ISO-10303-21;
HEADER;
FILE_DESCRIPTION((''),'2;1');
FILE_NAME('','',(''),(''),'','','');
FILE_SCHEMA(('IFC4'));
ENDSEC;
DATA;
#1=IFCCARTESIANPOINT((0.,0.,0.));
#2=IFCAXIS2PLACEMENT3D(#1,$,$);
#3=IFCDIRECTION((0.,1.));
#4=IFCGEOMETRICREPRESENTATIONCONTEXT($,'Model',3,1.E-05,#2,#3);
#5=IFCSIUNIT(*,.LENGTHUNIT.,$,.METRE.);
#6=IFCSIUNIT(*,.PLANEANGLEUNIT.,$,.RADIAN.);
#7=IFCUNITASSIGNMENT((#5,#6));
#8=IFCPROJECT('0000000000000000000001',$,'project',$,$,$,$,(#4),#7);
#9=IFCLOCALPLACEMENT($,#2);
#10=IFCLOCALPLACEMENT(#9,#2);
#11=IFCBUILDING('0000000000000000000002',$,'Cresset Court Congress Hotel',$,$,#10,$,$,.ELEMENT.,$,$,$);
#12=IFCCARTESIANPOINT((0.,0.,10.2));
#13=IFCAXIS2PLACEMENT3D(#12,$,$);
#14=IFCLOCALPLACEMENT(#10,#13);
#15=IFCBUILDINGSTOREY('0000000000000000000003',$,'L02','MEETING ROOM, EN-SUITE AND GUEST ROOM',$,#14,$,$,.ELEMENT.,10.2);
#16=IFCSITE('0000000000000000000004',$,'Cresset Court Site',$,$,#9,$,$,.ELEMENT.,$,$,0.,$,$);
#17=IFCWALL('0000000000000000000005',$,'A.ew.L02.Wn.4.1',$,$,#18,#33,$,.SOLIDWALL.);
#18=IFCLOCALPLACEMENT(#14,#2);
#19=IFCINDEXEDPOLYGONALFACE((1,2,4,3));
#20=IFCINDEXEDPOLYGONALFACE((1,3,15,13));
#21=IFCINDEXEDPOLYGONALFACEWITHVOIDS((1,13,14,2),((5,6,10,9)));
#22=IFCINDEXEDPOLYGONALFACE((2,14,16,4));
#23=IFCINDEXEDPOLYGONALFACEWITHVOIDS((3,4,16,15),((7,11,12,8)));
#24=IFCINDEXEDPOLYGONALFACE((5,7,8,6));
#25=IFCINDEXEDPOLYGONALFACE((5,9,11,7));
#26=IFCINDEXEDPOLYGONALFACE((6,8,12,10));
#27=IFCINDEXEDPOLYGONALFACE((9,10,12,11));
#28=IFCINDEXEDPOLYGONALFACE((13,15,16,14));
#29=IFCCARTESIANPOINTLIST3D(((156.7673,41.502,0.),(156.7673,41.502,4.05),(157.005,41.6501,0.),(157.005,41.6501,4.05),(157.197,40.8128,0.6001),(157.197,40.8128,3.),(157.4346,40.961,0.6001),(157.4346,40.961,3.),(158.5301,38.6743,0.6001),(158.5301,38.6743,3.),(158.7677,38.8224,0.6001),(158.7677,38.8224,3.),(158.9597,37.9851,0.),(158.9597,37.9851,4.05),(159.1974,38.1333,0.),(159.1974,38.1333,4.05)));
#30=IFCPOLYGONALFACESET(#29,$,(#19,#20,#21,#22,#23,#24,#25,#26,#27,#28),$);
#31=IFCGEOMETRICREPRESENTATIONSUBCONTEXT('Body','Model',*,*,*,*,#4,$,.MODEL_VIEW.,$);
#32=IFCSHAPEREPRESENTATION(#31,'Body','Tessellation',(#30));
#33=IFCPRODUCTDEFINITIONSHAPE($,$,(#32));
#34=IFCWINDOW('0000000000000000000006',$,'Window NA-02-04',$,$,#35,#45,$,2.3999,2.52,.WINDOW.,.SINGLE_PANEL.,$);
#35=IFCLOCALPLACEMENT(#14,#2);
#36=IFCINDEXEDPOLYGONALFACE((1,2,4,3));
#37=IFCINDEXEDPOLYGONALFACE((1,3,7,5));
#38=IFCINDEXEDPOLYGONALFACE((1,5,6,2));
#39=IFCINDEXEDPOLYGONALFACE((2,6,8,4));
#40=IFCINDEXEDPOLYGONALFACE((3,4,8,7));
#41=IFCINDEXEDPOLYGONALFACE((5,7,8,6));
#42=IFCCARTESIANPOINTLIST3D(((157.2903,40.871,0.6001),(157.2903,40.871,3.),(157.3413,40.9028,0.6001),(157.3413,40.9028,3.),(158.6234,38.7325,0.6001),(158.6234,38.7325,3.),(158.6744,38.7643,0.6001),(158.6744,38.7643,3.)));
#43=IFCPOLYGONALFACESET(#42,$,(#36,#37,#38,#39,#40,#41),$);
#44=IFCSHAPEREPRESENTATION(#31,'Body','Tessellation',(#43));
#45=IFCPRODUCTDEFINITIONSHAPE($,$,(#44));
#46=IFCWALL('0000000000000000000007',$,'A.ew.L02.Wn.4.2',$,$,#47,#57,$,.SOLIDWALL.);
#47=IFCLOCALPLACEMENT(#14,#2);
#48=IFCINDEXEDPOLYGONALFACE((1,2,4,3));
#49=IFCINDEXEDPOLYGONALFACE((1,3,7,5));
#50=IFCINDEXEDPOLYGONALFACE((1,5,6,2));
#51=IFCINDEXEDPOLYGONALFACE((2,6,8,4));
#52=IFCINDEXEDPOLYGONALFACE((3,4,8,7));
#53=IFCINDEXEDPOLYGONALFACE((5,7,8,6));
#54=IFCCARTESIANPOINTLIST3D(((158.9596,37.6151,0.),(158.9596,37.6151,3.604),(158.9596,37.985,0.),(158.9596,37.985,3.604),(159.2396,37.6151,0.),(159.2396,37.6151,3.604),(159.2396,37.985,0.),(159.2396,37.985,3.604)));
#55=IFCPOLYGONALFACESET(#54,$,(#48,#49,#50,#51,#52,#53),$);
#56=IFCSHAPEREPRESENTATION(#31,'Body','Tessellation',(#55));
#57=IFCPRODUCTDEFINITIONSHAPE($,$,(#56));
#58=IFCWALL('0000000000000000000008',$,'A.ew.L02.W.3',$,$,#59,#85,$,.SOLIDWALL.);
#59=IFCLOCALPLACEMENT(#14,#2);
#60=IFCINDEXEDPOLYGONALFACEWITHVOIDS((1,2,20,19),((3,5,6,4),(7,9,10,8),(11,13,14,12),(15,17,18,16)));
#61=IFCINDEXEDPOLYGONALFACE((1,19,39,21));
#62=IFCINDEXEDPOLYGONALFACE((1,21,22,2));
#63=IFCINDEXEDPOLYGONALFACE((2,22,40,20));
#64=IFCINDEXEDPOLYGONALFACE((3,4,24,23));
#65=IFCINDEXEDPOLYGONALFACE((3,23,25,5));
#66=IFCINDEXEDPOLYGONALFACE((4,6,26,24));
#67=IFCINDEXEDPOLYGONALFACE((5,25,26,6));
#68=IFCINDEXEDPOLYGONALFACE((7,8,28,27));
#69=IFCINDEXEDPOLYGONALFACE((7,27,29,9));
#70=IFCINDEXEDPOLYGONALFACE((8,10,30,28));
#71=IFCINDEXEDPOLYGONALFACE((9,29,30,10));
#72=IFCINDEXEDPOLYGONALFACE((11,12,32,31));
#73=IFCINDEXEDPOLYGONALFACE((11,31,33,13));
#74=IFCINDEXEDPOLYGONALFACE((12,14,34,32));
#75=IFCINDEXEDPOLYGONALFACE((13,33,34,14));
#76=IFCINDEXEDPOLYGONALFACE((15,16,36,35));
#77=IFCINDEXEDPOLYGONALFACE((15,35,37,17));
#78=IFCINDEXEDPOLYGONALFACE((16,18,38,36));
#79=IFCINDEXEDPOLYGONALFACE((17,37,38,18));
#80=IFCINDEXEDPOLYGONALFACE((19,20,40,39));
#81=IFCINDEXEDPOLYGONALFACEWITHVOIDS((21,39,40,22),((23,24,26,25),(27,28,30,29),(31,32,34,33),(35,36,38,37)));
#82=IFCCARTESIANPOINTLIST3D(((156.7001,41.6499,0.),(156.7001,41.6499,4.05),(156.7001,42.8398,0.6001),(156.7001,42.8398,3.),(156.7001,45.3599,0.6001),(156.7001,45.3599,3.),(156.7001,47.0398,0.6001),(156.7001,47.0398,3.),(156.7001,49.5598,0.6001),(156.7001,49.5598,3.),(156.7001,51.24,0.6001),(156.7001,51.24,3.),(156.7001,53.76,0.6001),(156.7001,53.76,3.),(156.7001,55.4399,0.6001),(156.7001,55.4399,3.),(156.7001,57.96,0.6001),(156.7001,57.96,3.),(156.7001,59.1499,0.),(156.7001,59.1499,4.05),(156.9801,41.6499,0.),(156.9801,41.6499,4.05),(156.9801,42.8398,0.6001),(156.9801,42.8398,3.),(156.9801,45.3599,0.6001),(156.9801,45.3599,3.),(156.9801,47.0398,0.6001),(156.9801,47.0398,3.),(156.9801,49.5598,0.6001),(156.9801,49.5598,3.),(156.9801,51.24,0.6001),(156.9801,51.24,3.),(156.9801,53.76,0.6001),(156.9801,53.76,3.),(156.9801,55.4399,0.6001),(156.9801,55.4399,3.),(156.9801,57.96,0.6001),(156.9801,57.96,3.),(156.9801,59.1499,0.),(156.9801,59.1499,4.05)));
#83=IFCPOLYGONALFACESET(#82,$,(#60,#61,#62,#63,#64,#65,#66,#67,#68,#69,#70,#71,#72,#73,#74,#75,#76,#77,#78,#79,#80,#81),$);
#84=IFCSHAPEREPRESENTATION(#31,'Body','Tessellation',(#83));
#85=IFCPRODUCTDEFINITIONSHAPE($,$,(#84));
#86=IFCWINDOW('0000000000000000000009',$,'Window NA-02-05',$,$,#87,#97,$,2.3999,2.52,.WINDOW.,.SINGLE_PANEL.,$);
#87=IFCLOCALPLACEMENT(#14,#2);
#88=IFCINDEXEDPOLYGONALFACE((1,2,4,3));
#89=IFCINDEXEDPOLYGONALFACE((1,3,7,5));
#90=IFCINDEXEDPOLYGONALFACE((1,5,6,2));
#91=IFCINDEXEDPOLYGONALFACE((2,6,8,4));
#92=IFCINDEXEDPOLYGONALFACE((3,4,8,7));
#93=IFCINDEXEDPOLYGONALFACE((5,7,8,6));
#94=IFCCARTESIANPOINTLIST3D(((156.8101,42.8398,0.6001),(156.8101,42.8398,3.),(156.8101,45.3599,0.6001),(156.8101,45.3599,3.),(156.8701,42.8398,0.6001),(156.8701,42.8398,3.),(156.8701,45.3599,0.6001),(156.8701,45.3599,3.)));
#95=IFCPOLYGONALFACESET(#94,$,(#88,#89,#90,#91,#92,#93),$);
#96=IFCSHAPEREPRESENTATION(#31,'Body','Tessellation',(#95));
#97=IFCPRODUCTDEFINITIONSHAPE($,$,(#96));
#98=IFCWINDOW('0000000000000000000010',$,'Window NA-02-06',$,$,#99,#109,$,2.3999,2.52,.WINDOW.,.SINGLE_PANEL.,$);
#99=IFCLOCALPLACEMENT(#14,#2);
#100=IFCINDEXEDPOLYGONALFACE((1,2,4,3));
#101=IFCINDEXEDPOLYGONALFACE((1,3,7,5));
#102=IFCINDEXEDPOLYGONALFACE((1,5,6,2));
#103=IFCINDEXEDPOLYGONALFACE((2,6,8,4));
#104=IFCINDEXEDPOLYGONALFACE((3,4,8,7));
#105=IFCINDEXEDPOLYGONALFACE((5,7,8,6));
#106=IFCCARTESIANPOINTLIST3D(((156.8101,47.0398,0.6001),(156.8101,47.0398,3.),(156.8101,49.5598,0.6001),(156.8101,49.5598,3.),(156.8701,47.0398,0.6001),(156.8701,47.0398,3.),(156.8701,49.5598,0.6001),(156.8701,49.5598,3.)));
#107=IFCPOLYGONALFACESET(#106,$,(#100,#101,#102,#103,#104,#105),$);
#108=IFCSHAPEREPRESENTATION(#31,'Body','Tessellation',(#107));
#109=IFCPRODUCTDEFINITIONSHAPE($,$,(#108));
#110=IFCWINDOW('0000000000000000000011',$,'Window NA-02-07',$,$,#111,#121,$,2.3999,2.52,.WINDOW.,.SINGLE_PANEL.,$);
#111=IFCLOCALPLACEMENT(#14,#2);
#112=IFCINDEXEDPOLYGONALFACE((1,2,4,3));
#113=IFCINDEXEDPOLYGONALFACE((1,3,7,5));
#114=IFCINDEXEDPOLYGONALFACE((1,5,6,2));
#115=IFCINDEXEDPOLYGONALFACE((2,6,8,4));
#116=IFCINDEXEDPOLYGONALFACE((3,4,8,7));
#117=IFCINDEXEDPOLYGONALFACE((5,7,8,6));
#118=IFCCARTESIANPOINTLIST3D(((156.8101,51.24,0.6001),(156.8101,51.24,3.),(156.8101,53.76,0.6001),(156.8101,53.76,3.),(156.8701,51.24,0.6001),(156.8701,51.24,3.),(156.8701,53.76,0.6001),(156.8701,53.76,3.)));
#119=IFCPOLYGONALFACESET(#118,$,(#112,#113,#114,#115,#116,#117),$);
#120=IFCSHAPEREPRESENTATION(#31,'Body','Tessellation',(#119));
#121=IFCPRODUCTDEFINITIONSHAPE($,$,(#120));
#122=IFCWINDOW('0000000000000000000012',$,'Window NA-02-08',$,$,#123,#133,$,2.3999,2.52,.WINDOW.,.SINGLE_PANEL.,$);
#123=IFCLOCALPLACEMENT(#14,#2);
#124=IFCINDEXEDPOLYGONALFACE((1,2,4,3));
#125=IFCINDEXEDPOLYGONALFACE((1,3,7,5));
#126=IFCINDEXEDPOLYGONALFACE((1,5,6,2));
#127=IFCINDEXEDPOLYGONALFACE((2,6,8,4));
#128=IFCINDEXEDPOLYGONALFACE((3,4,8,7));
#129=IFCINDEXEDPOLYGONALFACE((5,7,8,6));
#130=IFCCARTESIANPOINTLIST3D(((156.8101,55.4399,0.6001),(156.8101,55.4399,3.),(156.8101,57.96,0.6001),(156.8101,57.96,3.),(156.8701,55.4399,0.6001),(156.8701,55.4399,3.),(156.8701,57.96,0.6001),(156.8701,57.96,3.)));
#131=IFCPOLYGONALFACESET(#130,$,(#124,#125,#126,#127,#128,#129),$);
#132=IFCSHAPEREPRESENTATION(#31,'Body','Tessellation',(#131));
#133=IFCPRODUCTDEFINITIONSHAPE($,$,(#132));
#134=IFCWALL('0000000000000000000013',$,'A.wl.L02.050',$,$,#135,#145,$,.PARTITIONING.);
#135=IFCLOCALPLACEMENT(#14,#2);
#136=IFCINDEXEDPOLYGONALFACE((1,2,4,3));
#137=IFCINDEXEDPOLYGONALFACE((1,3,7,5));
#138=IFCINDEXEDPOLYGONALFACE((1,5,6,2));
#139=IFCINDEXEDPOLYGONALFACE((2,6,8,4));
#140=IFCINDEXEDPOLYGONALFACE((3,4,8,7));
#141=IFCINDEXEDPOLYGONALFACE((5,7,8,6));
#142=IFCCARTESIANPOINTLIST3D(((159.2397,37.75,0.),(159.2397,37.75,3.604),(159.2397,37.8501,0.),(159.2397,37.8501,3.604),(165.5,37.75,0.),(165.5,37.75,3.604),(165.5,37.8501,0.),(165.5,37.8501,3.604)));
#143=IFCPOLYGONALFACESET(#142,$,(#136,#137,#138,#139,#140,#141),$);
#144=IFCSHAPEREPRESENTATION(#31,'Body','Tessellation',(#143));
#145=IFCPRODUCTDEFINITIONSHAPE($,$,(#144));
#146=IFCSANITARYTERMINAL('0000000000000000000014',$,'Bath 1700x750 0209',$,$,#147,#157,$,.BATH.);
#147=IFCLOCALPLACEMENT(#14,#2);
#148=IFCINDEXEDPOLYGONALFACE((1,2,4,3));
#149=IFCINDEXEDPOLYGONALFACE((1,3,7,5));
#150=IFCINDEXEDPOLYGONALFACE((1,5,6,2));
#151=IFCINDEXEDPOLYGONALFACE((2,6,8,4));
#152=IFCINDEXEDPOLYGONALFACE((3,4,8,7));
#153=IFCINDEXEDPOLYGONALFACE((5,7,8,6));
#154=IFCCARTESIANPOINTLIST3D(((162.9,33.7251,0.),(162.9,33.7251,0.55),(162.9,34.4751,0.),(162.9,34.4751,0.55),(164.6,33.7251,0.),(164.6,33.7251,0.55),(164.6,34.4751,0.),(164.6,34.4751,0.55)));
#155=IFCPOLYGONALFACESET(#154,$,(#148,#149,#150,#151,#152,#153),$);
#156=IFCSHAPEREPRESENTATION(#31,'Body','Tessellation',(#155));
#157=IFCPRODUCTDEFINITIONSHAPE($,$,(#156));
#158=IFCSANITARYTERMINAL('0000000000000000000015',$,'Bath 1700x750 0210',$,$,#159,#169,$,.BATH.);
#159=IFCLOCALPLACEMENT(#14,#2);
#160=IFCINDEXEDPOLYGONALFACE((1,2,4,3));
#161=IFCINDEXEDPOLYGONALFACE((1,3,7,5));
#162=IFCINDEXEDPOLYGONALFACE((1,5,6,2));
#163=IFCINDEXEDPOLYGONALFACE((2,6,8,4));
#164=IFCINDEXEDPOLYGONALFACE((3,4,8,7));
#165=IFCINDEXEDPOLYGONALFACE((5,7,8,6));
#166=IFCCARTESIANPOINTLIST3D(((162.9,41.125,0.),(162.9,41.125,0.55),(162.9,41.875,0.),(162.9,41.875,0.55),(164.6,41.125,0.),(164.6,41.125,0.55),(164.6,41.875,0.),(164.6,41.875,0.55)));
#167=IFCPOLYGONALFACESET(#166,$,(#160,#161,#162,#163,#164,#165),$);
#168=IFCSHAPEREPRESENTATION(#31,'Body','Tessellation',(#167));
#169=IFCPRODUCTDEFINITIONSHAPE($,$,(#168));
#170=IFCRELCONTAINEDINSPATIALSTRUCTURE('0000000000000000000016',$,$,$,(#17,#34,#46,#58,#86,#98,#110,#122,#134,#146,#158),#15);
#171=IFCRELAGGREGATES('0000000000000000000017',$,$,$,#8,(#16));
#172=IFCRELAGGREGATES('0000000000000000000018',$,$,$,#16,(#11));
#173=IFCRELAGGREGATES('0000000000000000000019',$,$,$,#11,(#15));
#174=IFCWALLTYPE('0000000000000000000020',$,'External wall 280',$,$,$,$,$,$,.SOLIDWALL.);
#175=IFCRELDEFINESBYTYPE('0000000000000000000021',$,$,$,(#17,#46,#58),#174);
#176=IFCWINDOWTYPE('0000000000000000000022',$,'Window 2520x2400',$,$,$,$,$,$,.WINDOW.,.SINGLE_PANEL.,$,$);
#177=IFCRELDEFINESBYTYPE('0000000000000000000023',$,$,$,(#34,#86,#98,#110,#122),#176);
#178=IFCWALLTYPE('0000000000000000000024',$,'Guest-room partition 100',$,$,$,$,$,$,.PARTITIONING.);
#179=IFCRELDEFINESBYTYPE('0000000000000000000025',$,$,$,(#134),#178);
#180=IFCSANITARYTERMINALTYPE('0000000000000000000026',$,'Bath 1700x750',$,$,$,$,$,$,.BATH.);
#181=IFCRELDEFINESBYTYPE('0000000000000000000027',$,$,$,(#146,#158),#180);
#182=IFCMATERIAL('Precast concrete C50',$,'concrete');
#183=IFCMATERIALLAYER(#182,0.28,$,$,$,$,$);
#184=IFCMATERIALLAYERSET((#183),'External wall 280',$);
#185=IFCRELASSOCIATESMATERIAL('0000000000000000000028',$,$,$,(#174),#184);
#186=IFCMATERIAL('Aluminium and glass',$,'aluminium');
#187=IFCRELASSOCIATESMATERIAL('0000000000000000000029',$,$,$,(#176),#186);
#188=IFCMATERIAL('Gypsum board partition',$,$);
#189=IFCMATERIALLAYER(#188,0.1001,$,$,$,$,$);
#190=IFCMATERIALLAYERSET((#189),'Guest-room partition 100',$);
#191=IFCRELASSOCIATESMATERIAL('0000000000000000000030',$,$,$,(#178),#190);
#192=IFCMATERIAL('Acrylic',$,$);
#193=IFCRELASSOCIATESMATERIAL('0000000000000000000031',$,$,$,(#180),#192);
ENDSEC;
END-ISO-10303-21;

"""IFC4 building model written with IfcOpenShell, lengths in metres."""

from ifc_helpers import new_model, si_unit, direction, frame, frame_2d, origin, origin_2d, place, context, subcontext, project, spatial, rectangle, extrude, material, layer, layer_set, type_object, element, fill, save


model = new_model("IFC4")

# Units and contexts
model_context = context("Model", 3, precision=1e-05, world=origin(), true_north=direction((0.0, 1.0)))
body_context = subcontext(model_context, "Body", "Model", "MODEL_VIEW")
ifc_project = project(units=[si_unit("LENGTHUNIT", "METRE"), si_unit("PLANEANGLEUNIT", "RADIAN")], contexts=[model_context])

# Site, building, storey
site_placement = place(None, origin())
site = spatial("IfcSite", under=ifc_project, at=site_placement, Name="Cresset Court Site", CompositionType="ELEMENT", RefElevation=0.0)
building_placement = place(site_placement, origin())
building = spatial("IfcBuilding", under=site, at=building_placement, Name="Cresset Court Congress Hotel", CompositionType="ELEMENT")
storey_placement = place(building_placement, frame((0.0, 0.0, 10.2)))
storey = spatial("IfcBuildingStorey", under=building, at=storey_placement, Name="L02", Description="MEETING ROOM, EN-SUITE AND GUEST ROOM", CompositionType="ELEMENT", Elevation=10.2)

# Wall, opening, window
ifc_material_1 = material(Name="Precast concrete C50", Category="concrete")
ifc_layer_1 = layer(ifc_material_1, 0.28)
ifc_layer_set_1 = layer_set([ifc_layer_1], Name="External wall 280")
wall_type_1 = type_object("IfcWallType", Name="External wall 280", PredefinedType="SOLIDWALL", material=ifc_layer_set_1)
wall_1_placement = place(storey_placement, frame((159.0786, 38.0591, 0.0), z_axis=(0.0, 0.0, 1.0), x_axis=(-0.529019, 0.84861, 0.0)))
wall_1 = element("IfcWall", 1, at=wall_1_placement, inside=storey, type_object=wall_type_1, Name="A.ew.L02.Wn.4.1", PredefinedType="SOLIDWALL", context=body_context, shape_type="SweptSolid", body=[
    extrude(rectangle(XDim=4.1443, YDim=0.28, at=frame_2d((2.0723, 0.0))), origin(), (0.0, 0.0, 1.0), 4.05),
])
opening_1_placement = place(wall_1_placement, frame((0.8123, 0.0, 0.6001)))
opening_1 = element("IfcOpeningElement", 2, at=opening_1_placement, cuts=wall_1, PredefinedType="OPENING", context=body_context, shape_type="SweptSolid", body=[
    extrude(rectangle(XDim=2.52, YDim=2.3999, at=frame_2d((1.26, 1.2))), frame((0.0, 0.1499, 0.0), z_axis=(0.0, -1.0, 0.0), x_axis=(1.0, 0.0, 0.0)), (0.0, 0.0, 1.0), 0.3),
])
ifc_material_2 = material(Name="Aluminium and glass", Category="aluminium")
window_type_1 = type_object("IfcWindowType", Name="Window 2520x2400", PartitioningType="SINGLE_PANEL", PredefinedType="WINDOW", material=ifc_material_2)
window_1_placement = place(opening_1_placement, origin())
window_1 = element("IfcWindow", 3, at=window_1_placement, inside=storey, type_object=window_type_1, Name="Window NA-02-04", OverallHeight=2.3999, OverallWidth=2.52, PartitioningType="SINGLE_PANEL", PredefinedType="WINDOW", context=body_context, shape_type="SweptSolid", body=[
    extrude(rectangle(XDim=2.52, YDim=2.3999, at=frame_2d((1.26, 1.2))), frame((0.0, 0.03, 0.0), z_axis=(0.0, -1.0, 0.0), x_axis=(1.0, 0.0, 0.0)), (0.0, 0.0, 1.0), 0.0601),
])
fill(opening_1, window_1)

# Wall
wall_2_placement = place(storey_placement, frame((159.0996, 37.615, 0.0), z_axis=(0.0, 0.0, 1.0), x_axis=(0.0, 1.0, 0.0)))
element("IfcWall", 4, at=wall_2_placement, inside=storey, type_object=wall_type_1, Name="A.ew.L02.Wn.4.2", PredefinedType="SOLIDWALL", context=body_context, shape_type="SweptSolid", body=[
    extrude(rectangle(XDim=0.3699, YDim=0.28, at=frame_2d((0.1851, 0.0))), origin(), (0.0, 0.0, 1.0), 3.604),
])

# Wall, openings, windows
wall_3_placement = place(storey_placement, frame((156.8401, 41.6499, 0.0), z_axis=(0.0, 0.0, 1.0), x_axis=(0.0, 1.0, 0.0)))
wall_3 = element("IfcWall", 5, at=wall_3_placement, inside=storey, type_object=wall_type_1, Name="A.ew.L02.W.3", PredefinedType="SOLIDWALL", context=body_context, shape_type="SweptSolid", body=[
    extrude(rectangle(XDim=17.5, YDim=0.28, at=frame_2d((8.75, 0.0))), origin(), (0.0, 0.0, 1.0), 4.05),
])
opening_2_placement = place(wall_3_placement, frame((1.1899, 0.0, 0.6001)))
opening_2 = element("IfcOpeningElement", 6, at=opening_2_placement, cuts=wall_3, PredefinedType="OPENING", context=body_context, shape_type="SweptSolid", body=[
    extrude(rectangle(XDim=2.52, YDim=2.3999, at=frame_2d((1.26, 1.2))), frame((0.0, 0.1499, 0.0), z_axis=(0.0, -1.0, 0.0), x_axis=(1.0, 0.0, 0.0)), (0.0, 0.0, 1.0), 0.3),
])
opening_3_placement = place(wall_3_placement, frame((5.3899, 0.0, 0.6001)))
opening_3 = element("IfcOpeningElement", 7, at=opening_3_placement, cuts=wall_3, PredefinedType="OPENING", context=body_context, shape_type="SweptSolid", body=[
    extrude(rectangle(XDim=2.52, YDim=2.3999, at=frame_2d((1.26, 1.2))), frame((0.0, 0.1499, 0.0), z_axis=(0.0, -1.0, 0.0), x_axis=(1.0, 0.0, 0.0)), (0.0, 0.0, 1.0), 0.3),
])
opening_4_placement = place(wall_3_placement, frame((9.5901, 0.0, 0.6001)))
opening_4 = element("IfcOpeningElement", 8, at=opening_4_placement, cuts=wall_3, PredefinedType="OPENING", context=body_context, shape_type="SweptSolid", body=[
    extrude(rectangle(XDim=2.52, YDim=2.3999, at=frame_2d((1.26, 1.2))), frame((0.0, 0.1499, 0.0), z_axis=(0.0, -1.0, 0.0), x_axis=(1.0, 0.0, 0.0)), (0.0, 0.0, 1.0), 0.3),
])
opening_5_placement = place(wall_3_placement, frame((13.79, 0.0, 0.6001)))
opening_5 = element("IfcOpeningElement", 9, at=opening_5_placement, cuts=wall_3, PredefinedType="OPENING", context=body_context, shape_type="SweptSolid", body=[
    extrude(rectangle(XDim=2.52, YDim=2.3999, at=frame_2d((1.26, 1.2))), frame((0.0, 0.1499, 0.0), z_axis=(0.0, -1.0, 0.0), x_axis=(1.0, 0.0, 0.0)), (0.0, 0.0, 1.0), 0.3),
])
window_2_placement = place(opening_2_placement, origin())
window_2 = element("IfcWindow", 10, at=window_2_placement, inside=storey, type_object=window_type_1, Name="Window NA-02-05", OverallHeight=2.3999, OverallWidth=2.52, PartitioningType="SINGLE_PANEL", PredefinedType="WINDOW", context=body_context, shape_type="SweptSolid", body=[
    extrude(rectangle(XDim=2.52, YDim=2.3999, at=frame_2d((1.26, 1.2))), frame((0.0, 0.03, 0.0), z_axis=(0.0, -1.0, 0.0), x_axis=(1.0, 0.0, 0.0)), (0.0, 0.0, 1.0), 0.0601),
])
fill(opening_2, window_2)
window_3_placement = place(opening_3_placement, origin())
window_3 = element("IfcWindow", 11, at=window_3_placement, inside=storey, type_object=window_type_1, Name="Window NA-02-06", OverallHeight=2.3999, OverallWidth=2.52, PartitioningType="SINGLE_PANEL", PredefinedType="WINDOW", context=body_context, shape_type="SweptSolid", body=[
    extrude(rectangle(XDim=2.52, YDim=2.3999, at=frame_2d((1.26, 1.2))), frame((0.0, 0.03, 0.0), z_axis=(0.0, -1.0, 0.0), x_axis=(1.0, 0.0, 0.0)), (0.0, 0.0, 1.0), 0.0601),
])
fill(opening_3, window_3)
window_4_placement = place(opening_4_placement, origin())
window_4 = element("IfcWindow", 12, at=window_4_placement, inside=storey, type_object=window_type_1, Name="Window NA-02-07", OverallHeight=2.3999, OverallWidth=2.52, PartitioningType="SINGLE_PANEL", PredefinedType="WINDOW", context=body_context, shape_type="SweptSolid", body=[
    extrude(rectangle(XDim=2.52, YDim=2.3999, at=frame_2d((1.26, 1.2))), frame((0.0, 0.03, 0.0), z_axis=(0.0, -1.0, 0.0), x_axis=(1.0, 0.0, 0.0)), (0.0, 0.0, 1.0), 0.0601),
])
fill(opening_4, window_4)
window_5_placement = place(opening_5_placement, origin())
window_5 = element("IfcWindow", 13, at=window_5_placement, inside=storey, type_object=window_type_1, Name="Window NA-02-08", OverallHeight=2.3999, OverallWidth=2.52, PartitioningType="SINGLE_PANEL", PredefinedType="WINDOW", context=body_context, shape_type="SweptSolid", body=[
    extrude(rectangle(XDim=2.52, YDim=2.3999, at=frame_2d((1.26, 1.2))), frame((0.0, 0.03, 0.0), z_axis=(0.0, -1.0, 0.0), x_axis=(1.0, 0.0, 0.0)), (0.0, 0.0, 1.0), 0.0601),
])
fill(opening_5, window_5)

# Wall
ifc_material_3 = material(Name="Gypsum board partition")
ifc_layer_2 = layer(ifc_material_3, 0.1001)
ifc_layer_set_2 = layer_set([ifc_layer_2], Name="Guest-room partition 100")
wall_type_2 = type_object("IfcWallType", Name="Guest-room partition 100", PredefinedType="PARTITIONING", material=ifc_layer_set_2)
wall_4_placement = place(storey_placement, frame((159.2397, 37.8, 0.0), z_axis=(0.0, 0.0, 1.0), x_axis=(1.0, 0.0, 0.0)))
element("IfcWall", 14, at=wall_4_placement, inside=storey, type_object=wall_type_2, Name="A.wl.L02.050", PredefinedType="PARTITIONING", context=body_context, shape_type="SweptSolid", body=[
    extrude(rectangle(XDim=6.2603, YDim=0.1001, at=frame_2d((3.1301, 0.0))), origin(), (0.0, 0.0, 1.0), 3.604),
])

# Sanitary terminals
ifc_material_4 = material(Name="Acrylic")
sanitary_terminal_type = type_object("IfcSanitaryTerminalType", Name="Bath 1700x750", PredefinedType="BATH", material=ifc_material_4)
for number, where, z_axis, x_axis, name in (
    (15, (163.75, 34.1001, 0.0), (0.0, 0.0, 1.0), (1.0, 0.0, 0.0), "Bath 1700x750 0209"),
    (16, (163.75, 41.5, 0.0), (0.0, 0.0, 1.0), (1.0, 0.0, 0.0), "Bath 1700x750 0210"),
):
    element("IfcSanitaryTerminal", number, at=place(storey_placement, frame(where, z_axis=z_axis, x_axis=x_axis)), inside=storey, type_object=sanitary_terminal_type, Name=name, PredefinedType="BATH", context=body_context, shape_type="SweptSolid", body=[
        extrude(rectangle(XDim=1.7, YDim=0.75, at=origin_2d()), origin(), (0.0, 0.0, 1.0), 0.55),
    ])

save(model, "model.ifc")
